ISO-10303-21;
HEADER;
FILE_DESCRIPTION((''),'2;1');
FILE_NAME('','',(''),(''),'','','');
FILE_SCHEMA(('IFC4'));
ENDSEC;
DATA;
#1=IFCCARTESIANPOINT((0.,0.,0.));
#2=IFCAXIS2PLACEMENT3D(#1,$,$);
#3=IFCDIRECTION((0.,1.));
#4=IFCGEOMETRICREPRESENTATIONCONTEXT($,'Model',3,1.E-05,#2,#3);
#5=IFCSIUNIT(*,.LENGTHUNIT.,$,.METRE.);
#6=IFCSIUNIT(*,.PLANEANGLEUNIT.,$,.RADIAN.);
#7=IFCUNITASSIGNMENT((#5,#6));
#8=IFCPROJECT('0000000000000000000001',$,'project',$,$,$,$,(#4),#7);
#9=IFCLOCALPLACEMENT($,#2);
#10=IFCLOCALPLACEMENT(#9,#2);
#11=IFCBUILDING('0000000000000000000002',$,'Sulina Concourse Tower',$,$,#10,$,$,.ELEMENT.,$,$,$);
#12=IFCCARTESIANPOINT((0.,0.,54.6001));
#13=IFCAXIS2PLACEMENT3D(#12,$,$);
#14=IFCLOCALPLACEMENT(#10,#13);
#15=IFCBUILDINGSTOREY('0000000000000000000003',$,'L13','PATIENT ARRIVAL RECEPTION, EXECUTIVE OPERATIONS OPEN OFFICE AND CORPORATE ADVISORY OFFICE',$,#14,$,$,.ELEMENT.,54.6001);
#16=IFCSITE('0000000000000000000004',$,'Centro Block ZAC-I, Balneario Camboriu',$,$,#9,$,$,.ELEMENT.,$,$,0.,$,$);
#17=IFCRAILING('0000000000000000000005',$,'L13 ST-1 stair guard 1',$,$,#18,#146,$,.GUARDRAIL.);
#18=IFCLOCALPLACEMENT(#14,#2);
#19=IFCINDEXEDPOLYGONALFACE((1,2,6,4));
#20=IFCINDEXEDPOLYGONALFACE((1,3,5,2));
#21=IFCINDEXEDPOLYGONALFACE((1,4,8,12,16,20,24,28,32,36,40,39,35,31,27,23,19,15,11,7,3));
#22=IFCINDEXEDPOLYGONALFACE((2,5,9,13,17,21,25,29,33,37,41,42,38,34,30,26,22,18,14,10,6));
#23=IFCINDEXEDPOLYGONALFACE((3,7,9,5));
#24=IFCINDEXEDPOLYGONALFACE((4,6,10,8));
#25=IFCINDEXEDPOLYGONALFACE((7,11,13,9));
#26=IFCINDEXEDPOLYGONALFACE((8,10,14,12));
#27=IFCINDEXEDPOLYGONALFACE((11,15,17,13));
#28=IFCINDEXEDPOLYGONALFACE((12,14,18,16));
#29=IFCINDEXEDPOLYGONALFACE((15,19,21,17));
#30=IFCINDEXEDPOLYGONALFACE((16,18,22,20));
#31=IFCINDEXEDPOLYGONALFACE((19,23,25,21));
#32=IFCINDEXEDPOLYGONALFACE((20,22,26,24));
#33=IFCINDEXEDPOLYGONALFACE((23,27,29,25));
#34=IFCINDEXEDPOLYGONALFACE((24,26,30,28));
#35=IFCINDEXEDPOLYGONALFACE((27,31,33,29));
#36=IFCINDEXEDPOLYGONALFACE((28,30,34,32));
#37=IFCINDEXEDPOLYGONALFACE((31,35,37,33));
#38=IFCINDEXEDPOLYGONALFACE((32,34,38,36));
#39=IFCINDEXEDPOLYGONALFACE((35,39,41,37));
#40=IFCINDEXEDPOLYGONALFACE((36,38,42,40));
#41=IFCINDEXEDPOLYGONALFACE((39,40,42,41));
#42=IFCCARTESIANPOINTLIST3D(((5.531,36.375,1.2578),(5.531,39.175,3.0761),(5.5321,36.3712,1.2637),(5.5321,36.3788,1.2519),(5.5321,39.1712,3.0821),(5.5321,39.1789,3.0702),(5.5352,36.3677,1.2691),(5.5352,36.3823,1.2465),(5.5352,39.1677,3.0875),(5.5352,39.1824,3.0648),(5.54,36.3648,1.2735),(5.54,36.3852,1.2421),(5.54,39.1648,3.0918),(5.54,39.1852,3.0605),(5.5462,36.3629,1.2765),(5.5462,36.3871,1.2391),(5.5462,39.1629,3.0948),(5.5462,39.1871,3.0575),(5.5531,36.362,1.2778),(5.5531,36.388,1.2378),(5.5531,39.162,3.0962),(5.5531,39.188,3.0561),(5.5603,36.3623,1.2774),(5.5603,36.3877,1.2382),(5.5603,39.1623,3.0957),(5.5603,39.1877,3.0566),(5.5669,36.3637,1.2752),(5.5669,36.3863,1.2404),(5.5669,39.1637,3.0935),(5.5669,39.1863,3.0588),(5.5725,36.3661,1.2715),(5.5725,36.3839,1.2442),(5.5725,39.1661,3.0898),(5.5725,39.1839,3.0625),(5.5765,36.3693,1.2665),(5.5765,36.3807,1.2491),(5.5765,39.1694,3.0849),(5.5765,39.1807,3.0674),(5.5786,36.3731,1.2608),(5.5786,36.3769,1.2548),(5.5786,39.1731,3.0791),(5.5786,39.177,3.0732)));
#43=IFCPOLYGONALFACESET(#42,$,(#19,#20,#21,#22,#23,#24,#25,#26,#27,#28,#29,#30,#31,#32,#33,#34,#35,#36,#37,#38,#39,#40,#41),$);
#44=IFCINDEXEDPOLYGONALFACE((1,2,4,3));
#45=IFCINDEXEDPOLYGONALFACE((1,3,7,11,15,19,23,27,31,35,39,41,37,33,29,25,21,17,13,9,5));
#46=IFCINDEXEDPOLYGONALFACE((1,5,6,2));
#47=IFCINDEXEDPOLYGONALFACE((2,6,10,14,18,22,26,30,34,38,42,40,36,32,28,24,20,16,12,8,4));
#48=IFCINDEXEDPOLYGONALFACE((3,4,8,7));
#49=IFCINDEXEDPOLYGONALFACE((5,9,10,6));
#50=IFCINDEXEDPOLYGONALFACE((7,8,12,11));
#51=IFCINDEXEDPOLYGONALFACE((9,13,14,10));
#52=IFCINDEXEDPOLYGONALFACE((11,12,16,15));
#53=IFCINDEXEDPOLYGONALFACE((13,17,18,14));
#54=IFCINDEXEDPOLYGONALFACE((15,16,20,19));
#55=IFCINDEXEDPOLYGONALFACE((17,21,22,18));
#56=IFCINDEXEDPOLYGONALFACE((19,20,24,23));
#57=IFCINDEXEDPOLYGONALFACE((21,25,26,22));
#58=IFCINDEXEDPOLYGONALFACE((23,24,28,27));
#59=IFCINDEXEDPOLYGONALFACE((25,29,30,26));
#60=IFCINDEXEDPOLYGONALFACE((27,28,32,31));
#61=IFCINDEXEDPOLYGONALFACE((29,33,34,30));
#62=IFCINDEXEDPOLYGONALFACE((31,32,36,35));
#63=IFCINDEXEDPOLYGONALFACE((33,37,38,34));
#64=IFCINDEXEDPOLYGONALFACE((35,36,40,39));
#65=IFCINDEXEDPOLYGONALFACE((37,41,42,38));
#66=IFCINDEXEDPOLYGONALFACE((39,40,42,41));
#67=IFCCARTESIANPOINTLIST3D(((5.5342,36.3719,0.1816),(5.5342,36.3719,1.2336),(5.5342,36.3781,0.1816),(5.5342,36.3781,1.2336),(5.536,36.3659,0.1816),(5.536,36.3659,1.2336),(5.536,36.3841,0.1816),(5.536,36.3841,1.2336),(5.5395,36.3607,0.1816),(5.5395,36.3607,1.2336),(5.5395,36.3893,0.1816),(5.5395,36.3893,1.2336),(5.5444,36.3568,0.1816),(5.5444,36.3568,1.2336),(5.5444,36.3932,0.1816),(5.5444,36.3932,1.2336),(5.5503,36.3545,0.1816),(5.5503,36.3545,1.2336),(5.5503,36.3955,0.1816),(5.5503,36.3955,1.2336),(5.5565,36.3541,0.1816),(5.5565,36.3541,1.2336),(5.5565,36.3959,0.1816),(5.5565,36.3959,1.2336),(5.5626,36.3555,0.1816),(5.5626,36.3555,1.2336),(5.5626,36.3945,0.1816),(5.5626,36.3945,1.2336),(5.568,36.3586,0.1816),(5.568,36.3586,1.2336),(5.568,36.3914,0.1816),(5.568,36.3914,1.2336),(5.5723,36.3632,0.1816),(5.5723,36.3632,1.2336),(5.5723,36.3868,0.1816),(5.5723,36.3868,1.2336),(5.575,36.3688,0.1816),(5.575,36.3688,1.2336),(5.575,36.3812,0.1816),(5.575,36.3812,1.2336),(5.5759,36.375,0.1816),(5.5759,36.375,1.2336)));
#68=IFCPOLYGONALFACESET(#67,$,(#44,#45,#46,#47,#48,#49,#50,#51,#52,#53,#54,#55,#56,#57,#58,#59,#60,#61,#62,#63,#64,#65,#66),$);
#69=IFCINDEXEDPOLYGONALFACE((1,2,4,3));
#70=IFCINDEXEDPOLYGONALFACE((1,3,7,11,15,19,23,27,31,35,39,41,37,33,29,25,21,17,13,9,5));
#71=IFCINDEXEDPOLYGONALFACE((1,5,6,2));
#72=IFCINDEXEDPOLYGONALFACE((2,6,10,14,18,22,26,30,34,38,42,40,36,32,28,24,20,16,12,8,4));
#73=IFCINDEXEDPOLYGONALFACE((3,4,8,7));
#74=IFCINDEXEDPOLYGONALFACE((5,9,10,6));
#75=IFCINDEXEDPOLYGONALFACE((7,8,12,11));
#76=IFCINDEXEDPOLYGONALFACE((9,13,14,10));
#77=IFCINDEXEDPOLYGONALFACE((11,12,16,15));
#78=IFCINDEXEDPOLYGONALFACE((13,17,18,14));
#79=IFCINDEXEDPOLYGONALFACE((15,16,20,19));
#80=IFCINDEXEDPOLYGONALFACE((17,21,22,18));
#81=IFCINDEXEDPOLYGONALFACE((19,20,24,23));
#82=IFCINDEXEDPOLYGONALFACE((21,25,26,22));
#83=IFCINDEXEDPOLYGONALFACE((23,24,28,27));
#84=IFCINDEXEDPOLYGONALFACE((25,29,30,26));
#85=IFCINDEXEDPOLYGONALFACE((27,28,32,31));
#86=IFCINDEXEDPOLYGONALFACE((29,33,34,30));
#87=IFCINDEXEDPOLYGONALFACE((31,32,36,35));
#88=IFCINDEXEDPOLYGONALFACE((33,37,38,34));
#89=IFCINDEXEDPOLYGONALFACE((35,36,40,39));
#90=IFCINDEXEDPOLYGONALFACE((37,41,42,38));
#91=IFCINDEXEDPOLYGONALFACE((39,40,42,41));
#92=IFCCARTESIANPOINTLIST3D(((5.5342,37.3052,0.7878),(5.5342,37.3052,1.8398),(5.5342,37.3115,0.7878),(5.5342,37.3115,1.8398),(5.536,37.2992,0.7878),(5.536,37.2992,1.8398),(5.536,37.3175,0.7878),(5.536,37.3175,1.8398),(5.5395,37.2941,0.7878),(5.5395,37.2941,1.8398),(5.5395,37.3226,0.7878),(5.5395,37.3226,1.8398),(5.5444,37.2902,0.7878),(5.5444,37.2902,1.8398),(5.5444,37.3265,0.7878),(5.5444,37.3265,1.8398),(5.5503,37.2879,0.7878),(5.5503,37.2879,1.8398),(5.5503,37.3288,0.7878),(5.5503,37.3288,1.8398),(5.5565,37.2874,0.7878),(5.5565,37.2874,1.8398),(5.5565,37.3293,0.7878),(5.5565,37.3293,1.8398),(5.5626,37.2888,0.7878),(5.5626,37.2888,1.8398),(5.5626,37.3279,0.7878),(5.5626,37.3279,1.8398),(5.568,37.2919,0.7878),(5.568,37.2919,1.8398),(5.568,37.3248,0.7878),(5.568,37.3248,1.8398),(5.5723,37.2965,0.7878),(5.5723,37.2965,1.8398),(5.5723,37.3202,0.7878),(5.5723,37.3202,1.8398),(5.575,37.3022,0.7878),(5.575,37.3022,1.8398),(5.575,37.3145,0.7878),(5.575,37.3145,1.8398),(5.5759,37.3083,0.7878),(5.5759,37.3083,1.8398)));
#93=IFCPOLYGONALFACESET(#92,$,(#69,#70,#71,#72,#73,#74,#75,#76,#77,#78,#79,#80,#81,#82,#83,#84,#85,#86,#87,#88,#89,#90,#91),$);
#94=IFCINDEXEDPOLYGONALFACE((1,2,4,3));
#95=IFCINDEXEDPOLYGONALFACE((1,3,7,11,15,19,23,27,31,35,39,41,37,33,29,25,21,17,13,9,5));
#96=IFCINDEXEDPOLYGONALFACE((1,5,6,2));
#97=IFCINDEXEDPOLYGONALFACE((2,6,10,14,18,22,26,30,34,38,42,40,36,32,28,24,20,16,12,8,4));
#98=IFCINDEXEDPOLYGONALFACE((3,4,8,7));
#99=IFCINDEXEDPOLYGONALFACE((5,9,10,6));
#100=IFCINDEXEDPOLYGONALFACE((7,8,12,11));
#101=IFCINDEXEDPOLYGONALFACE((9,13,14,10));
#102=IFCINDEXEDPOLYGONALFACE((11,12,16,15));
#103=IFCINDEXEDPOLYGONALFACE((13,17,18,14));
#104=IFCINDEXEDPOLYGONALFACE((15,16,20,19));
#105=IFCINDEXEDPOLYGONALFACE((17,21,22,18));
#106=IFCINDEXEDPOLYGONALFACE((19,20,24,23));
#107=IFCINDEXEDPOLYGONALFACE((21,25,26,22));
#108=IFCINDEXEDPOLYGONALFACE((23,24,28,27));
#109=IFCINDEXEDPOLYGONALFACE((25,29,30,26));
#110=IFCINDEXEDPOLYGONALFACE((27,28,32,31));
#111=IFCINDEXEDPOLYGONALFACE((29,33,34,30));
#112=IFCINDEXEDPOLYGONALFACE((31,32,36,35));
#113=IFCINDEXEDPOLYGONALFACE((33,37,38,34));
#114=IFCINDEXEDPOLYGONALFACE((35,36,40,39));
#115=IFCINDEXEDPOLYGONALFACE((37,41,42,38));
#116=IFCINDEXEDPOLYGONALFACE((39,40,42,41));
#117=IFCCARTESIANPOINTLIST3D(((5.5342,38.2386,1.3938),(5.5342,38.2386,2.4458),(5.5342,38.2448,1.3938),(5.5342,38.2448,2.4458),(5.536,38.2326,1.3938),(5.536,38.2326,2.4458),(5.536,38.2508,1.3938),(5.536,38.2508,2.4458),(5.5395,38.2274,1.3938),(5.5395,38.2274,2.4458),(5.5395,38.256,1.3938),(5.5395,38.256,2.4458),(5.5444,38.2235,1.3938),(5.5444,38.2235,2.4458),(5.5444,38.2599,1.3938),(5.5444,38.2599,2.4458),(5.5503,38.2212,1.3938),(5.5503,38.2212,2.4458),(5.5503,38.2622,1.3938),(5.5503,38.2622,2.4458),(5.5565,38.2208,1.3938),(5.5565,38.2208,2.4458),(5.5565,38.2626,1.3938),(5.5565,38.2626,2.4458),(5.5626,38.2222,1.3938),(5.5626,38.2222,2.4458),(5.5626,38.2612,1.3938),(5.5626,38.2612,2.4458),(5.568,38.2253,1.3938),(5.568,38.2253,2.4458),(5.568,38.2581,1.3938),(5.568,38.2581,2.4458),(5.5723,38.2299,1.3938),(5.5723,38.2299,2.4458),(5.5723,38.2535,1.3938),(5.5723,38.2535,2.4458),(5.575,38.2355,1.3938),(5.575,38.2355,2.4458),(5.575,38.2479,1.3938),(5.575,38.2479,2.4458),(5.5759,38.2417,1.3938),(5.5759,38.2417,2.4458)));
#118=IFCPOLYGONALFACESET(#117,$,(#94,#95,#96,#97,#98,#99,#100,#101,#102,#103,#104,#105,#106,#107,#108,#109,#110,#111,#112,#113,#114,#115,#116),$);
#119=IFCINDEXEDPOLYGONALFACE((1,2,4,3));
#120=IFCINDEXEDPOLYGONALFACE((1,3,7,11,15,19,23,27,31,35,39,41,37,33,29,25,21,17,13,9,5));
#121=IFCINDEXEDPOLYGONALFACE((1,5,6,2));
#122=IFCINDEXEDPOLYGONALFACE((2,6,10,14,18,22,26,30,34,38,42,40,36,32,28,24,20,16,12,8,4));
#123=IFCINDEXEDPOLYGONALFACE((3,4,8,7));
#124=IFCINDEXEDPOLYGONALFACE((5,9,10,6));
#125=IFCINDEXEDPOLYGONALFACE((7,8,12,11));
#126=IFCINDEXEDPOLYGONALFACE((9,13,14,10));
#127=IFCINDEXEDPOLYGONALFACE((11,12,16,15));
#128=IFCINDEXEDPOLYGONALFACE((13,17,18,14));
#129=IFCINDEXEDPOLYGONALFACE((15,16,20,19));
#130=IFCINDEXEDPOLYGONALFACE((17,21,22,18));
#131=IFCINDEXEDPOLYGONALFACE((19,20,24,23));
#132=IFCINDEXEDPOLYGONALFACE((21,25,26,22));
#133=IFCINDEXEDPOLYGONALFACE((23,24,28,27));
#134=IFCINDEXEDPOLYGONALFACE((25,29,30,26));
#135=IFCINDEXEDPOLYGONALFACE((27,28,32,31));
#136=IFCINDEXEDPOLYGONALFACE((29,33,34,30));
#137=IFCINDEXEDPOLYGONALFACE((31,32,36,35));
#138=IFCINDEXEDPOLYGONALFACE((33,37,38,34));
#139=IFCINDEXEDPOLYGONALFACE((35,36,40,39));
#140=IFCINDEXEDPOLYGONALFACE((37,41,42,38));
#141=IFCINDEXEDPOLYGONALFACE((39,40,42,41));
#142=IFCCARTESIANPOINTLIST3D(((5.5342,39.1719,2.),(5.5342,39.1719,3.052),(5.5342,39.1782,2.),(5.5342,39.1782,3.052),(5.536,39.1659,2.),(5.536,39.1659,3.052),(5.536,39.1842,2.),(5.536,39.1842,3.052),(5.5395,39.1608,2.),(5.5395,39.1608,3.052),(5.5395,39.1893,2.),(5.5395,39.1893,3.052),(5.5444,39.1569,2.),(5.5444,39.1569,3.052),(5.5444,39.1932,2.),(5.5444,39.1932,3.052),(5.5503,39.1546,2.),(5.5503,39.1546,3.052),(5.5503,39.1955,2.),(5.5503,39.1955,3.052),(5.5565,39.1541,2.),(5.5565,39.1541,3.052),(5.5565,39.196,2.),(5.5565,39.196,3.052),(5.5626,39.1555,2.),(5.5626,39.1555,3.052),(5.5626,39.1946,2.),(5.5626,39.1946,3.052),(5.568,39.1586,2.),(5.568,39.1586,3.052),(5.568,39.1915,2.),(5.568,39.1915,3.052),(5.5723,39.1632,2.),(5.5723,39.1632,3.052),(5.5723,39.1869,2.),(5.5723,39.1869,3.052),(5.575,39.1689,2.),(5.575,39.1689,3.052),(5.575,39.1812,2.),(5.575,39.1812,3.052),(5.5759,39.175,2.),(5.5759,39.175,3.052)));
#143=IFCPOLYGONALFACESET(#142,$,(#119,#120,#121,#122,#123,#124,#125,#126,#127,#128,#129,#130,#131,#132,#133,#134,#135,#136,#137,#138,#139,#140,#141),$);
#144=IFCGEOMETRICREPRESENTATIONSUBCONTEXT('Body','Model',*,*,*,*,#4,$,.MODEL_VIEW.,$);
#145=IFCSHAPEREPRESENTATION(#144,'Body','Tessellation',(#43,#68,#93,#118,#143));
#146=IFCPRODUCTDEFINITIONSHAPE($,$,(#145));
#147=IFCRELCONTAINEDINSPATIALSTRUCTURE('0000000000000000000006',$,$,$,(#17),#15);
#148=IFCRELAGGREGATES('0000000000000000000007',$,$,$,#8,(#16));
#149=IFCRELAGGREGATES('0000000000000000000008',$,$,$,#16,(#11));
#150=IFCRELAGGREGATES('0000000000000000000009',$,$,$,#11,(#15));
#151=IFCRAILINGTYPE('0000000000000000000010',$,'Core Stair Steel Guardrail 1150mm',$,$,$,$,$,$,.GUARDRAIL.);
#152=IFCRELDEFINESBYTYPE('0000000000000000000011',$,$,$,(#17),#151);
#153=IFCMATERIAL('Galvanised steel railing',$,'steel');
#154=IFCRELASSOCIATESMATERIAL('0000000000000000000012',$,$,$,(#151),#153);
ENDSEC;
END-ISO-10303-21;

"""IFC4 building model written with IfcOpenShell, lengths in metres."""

from ifc_helpers import new_model, si_unit, direction, frame, origin, origin_2d, place, context, subcontext, project, spatial, circle, extrude, material, type_object, element, save


model = new_model("IFC4")

# Units and contexts
model_context = context("Model", 3, precision=1e-05, world=origin(), true_north=direction((0.0, 1.0)))
body_context = subcontext(model_context, "Body", "Model", "MODEL_VIEW")
ifc_project = project(units=[si_unit("LENGTHUNIT", "METRE"), si_unit("PLANEANGLEUNIT", "RADIAN")], contexts=[model_context])

# Site, building, storey
site_placement = place(None, origin())
site = spatial("IfcSite", under=ifc_project, at=site_placement, Name="Centro Block ZAC-I, Balneario Camboriu", CompositionType="ELEMENT", RefElevation=0.0)
building_placement = place(site_placement, origin())
building = spatial("IfcBuilding", under=site, at=building_placement, Name="Sulina Concourse Tower", CompositionType="ELEMENT")
storey_placement = place(building_placement, frame((0.0, 0.0, 54.6001)))
storey = spatial("IfcBuildingStorey", under=building, at=storey_placement, Name="L13", Description="PATIENT ARRIVAL RECEPTION, EXECUTIVE OPERATIONS OPEN OFFICE AND CORPORATE ADVISORY OFFICE", CompositionType="ELEMENT", Elevation=54.6001)

# Railing
ifc_material_1 = material(Name="Galvanised steel railing", Category="steel")
railing_type_1 = type_object("IfcRailingType", Name="Core Stair Steel Guardrail 1150mm", PredefinedType="GUARDRAIL", material=ifc_material_1)
railing_1_placement = place(storey_placement, frame((5.5549, 36.375, 0.1816)))
element("IfcRailing", 1, at=railing_1_placement, inside=storey, type_object=railing_type_1, Name="L13 ST-1 stair guard 1", PredefinedType="GUARDRAIL", context=body_context, shape_type="SweptSolid", body=[
    extrude(circle(Radius=0.0239, at=origin_2d()), frame((0.0, 0.0, 1.0762), z_axis=(0.0, 0.838672, 0.544636), x_axis=(-1.0, 0.0, 0.0)), (0.0, 0.0, 1.0), 3.3386),
    extrude(circle(Radius=0.021, at=origin_2d()), origin(), (0.0, 0.0, 1.0), 1.052),
    extrude(circle(Radius=0.021, at=origin_2d()), frame((0.0, 0.9333, 0.6062)), (0.0, 0.0, 1.0), 1.052),
    extrude(circle(Radius=0.021, at=origin_2d()), frame((0.0, 1.8667, 1.2122)), (0.0, 0.0, 1.0), 1.052),
    extrude(circle(Radius=0.021, at=origin_2d()), frame((0.0, 2.8, 1.8184)), (0.0, 0.0, 1.0), 1.052),
])

save(model, "model.ifc")
